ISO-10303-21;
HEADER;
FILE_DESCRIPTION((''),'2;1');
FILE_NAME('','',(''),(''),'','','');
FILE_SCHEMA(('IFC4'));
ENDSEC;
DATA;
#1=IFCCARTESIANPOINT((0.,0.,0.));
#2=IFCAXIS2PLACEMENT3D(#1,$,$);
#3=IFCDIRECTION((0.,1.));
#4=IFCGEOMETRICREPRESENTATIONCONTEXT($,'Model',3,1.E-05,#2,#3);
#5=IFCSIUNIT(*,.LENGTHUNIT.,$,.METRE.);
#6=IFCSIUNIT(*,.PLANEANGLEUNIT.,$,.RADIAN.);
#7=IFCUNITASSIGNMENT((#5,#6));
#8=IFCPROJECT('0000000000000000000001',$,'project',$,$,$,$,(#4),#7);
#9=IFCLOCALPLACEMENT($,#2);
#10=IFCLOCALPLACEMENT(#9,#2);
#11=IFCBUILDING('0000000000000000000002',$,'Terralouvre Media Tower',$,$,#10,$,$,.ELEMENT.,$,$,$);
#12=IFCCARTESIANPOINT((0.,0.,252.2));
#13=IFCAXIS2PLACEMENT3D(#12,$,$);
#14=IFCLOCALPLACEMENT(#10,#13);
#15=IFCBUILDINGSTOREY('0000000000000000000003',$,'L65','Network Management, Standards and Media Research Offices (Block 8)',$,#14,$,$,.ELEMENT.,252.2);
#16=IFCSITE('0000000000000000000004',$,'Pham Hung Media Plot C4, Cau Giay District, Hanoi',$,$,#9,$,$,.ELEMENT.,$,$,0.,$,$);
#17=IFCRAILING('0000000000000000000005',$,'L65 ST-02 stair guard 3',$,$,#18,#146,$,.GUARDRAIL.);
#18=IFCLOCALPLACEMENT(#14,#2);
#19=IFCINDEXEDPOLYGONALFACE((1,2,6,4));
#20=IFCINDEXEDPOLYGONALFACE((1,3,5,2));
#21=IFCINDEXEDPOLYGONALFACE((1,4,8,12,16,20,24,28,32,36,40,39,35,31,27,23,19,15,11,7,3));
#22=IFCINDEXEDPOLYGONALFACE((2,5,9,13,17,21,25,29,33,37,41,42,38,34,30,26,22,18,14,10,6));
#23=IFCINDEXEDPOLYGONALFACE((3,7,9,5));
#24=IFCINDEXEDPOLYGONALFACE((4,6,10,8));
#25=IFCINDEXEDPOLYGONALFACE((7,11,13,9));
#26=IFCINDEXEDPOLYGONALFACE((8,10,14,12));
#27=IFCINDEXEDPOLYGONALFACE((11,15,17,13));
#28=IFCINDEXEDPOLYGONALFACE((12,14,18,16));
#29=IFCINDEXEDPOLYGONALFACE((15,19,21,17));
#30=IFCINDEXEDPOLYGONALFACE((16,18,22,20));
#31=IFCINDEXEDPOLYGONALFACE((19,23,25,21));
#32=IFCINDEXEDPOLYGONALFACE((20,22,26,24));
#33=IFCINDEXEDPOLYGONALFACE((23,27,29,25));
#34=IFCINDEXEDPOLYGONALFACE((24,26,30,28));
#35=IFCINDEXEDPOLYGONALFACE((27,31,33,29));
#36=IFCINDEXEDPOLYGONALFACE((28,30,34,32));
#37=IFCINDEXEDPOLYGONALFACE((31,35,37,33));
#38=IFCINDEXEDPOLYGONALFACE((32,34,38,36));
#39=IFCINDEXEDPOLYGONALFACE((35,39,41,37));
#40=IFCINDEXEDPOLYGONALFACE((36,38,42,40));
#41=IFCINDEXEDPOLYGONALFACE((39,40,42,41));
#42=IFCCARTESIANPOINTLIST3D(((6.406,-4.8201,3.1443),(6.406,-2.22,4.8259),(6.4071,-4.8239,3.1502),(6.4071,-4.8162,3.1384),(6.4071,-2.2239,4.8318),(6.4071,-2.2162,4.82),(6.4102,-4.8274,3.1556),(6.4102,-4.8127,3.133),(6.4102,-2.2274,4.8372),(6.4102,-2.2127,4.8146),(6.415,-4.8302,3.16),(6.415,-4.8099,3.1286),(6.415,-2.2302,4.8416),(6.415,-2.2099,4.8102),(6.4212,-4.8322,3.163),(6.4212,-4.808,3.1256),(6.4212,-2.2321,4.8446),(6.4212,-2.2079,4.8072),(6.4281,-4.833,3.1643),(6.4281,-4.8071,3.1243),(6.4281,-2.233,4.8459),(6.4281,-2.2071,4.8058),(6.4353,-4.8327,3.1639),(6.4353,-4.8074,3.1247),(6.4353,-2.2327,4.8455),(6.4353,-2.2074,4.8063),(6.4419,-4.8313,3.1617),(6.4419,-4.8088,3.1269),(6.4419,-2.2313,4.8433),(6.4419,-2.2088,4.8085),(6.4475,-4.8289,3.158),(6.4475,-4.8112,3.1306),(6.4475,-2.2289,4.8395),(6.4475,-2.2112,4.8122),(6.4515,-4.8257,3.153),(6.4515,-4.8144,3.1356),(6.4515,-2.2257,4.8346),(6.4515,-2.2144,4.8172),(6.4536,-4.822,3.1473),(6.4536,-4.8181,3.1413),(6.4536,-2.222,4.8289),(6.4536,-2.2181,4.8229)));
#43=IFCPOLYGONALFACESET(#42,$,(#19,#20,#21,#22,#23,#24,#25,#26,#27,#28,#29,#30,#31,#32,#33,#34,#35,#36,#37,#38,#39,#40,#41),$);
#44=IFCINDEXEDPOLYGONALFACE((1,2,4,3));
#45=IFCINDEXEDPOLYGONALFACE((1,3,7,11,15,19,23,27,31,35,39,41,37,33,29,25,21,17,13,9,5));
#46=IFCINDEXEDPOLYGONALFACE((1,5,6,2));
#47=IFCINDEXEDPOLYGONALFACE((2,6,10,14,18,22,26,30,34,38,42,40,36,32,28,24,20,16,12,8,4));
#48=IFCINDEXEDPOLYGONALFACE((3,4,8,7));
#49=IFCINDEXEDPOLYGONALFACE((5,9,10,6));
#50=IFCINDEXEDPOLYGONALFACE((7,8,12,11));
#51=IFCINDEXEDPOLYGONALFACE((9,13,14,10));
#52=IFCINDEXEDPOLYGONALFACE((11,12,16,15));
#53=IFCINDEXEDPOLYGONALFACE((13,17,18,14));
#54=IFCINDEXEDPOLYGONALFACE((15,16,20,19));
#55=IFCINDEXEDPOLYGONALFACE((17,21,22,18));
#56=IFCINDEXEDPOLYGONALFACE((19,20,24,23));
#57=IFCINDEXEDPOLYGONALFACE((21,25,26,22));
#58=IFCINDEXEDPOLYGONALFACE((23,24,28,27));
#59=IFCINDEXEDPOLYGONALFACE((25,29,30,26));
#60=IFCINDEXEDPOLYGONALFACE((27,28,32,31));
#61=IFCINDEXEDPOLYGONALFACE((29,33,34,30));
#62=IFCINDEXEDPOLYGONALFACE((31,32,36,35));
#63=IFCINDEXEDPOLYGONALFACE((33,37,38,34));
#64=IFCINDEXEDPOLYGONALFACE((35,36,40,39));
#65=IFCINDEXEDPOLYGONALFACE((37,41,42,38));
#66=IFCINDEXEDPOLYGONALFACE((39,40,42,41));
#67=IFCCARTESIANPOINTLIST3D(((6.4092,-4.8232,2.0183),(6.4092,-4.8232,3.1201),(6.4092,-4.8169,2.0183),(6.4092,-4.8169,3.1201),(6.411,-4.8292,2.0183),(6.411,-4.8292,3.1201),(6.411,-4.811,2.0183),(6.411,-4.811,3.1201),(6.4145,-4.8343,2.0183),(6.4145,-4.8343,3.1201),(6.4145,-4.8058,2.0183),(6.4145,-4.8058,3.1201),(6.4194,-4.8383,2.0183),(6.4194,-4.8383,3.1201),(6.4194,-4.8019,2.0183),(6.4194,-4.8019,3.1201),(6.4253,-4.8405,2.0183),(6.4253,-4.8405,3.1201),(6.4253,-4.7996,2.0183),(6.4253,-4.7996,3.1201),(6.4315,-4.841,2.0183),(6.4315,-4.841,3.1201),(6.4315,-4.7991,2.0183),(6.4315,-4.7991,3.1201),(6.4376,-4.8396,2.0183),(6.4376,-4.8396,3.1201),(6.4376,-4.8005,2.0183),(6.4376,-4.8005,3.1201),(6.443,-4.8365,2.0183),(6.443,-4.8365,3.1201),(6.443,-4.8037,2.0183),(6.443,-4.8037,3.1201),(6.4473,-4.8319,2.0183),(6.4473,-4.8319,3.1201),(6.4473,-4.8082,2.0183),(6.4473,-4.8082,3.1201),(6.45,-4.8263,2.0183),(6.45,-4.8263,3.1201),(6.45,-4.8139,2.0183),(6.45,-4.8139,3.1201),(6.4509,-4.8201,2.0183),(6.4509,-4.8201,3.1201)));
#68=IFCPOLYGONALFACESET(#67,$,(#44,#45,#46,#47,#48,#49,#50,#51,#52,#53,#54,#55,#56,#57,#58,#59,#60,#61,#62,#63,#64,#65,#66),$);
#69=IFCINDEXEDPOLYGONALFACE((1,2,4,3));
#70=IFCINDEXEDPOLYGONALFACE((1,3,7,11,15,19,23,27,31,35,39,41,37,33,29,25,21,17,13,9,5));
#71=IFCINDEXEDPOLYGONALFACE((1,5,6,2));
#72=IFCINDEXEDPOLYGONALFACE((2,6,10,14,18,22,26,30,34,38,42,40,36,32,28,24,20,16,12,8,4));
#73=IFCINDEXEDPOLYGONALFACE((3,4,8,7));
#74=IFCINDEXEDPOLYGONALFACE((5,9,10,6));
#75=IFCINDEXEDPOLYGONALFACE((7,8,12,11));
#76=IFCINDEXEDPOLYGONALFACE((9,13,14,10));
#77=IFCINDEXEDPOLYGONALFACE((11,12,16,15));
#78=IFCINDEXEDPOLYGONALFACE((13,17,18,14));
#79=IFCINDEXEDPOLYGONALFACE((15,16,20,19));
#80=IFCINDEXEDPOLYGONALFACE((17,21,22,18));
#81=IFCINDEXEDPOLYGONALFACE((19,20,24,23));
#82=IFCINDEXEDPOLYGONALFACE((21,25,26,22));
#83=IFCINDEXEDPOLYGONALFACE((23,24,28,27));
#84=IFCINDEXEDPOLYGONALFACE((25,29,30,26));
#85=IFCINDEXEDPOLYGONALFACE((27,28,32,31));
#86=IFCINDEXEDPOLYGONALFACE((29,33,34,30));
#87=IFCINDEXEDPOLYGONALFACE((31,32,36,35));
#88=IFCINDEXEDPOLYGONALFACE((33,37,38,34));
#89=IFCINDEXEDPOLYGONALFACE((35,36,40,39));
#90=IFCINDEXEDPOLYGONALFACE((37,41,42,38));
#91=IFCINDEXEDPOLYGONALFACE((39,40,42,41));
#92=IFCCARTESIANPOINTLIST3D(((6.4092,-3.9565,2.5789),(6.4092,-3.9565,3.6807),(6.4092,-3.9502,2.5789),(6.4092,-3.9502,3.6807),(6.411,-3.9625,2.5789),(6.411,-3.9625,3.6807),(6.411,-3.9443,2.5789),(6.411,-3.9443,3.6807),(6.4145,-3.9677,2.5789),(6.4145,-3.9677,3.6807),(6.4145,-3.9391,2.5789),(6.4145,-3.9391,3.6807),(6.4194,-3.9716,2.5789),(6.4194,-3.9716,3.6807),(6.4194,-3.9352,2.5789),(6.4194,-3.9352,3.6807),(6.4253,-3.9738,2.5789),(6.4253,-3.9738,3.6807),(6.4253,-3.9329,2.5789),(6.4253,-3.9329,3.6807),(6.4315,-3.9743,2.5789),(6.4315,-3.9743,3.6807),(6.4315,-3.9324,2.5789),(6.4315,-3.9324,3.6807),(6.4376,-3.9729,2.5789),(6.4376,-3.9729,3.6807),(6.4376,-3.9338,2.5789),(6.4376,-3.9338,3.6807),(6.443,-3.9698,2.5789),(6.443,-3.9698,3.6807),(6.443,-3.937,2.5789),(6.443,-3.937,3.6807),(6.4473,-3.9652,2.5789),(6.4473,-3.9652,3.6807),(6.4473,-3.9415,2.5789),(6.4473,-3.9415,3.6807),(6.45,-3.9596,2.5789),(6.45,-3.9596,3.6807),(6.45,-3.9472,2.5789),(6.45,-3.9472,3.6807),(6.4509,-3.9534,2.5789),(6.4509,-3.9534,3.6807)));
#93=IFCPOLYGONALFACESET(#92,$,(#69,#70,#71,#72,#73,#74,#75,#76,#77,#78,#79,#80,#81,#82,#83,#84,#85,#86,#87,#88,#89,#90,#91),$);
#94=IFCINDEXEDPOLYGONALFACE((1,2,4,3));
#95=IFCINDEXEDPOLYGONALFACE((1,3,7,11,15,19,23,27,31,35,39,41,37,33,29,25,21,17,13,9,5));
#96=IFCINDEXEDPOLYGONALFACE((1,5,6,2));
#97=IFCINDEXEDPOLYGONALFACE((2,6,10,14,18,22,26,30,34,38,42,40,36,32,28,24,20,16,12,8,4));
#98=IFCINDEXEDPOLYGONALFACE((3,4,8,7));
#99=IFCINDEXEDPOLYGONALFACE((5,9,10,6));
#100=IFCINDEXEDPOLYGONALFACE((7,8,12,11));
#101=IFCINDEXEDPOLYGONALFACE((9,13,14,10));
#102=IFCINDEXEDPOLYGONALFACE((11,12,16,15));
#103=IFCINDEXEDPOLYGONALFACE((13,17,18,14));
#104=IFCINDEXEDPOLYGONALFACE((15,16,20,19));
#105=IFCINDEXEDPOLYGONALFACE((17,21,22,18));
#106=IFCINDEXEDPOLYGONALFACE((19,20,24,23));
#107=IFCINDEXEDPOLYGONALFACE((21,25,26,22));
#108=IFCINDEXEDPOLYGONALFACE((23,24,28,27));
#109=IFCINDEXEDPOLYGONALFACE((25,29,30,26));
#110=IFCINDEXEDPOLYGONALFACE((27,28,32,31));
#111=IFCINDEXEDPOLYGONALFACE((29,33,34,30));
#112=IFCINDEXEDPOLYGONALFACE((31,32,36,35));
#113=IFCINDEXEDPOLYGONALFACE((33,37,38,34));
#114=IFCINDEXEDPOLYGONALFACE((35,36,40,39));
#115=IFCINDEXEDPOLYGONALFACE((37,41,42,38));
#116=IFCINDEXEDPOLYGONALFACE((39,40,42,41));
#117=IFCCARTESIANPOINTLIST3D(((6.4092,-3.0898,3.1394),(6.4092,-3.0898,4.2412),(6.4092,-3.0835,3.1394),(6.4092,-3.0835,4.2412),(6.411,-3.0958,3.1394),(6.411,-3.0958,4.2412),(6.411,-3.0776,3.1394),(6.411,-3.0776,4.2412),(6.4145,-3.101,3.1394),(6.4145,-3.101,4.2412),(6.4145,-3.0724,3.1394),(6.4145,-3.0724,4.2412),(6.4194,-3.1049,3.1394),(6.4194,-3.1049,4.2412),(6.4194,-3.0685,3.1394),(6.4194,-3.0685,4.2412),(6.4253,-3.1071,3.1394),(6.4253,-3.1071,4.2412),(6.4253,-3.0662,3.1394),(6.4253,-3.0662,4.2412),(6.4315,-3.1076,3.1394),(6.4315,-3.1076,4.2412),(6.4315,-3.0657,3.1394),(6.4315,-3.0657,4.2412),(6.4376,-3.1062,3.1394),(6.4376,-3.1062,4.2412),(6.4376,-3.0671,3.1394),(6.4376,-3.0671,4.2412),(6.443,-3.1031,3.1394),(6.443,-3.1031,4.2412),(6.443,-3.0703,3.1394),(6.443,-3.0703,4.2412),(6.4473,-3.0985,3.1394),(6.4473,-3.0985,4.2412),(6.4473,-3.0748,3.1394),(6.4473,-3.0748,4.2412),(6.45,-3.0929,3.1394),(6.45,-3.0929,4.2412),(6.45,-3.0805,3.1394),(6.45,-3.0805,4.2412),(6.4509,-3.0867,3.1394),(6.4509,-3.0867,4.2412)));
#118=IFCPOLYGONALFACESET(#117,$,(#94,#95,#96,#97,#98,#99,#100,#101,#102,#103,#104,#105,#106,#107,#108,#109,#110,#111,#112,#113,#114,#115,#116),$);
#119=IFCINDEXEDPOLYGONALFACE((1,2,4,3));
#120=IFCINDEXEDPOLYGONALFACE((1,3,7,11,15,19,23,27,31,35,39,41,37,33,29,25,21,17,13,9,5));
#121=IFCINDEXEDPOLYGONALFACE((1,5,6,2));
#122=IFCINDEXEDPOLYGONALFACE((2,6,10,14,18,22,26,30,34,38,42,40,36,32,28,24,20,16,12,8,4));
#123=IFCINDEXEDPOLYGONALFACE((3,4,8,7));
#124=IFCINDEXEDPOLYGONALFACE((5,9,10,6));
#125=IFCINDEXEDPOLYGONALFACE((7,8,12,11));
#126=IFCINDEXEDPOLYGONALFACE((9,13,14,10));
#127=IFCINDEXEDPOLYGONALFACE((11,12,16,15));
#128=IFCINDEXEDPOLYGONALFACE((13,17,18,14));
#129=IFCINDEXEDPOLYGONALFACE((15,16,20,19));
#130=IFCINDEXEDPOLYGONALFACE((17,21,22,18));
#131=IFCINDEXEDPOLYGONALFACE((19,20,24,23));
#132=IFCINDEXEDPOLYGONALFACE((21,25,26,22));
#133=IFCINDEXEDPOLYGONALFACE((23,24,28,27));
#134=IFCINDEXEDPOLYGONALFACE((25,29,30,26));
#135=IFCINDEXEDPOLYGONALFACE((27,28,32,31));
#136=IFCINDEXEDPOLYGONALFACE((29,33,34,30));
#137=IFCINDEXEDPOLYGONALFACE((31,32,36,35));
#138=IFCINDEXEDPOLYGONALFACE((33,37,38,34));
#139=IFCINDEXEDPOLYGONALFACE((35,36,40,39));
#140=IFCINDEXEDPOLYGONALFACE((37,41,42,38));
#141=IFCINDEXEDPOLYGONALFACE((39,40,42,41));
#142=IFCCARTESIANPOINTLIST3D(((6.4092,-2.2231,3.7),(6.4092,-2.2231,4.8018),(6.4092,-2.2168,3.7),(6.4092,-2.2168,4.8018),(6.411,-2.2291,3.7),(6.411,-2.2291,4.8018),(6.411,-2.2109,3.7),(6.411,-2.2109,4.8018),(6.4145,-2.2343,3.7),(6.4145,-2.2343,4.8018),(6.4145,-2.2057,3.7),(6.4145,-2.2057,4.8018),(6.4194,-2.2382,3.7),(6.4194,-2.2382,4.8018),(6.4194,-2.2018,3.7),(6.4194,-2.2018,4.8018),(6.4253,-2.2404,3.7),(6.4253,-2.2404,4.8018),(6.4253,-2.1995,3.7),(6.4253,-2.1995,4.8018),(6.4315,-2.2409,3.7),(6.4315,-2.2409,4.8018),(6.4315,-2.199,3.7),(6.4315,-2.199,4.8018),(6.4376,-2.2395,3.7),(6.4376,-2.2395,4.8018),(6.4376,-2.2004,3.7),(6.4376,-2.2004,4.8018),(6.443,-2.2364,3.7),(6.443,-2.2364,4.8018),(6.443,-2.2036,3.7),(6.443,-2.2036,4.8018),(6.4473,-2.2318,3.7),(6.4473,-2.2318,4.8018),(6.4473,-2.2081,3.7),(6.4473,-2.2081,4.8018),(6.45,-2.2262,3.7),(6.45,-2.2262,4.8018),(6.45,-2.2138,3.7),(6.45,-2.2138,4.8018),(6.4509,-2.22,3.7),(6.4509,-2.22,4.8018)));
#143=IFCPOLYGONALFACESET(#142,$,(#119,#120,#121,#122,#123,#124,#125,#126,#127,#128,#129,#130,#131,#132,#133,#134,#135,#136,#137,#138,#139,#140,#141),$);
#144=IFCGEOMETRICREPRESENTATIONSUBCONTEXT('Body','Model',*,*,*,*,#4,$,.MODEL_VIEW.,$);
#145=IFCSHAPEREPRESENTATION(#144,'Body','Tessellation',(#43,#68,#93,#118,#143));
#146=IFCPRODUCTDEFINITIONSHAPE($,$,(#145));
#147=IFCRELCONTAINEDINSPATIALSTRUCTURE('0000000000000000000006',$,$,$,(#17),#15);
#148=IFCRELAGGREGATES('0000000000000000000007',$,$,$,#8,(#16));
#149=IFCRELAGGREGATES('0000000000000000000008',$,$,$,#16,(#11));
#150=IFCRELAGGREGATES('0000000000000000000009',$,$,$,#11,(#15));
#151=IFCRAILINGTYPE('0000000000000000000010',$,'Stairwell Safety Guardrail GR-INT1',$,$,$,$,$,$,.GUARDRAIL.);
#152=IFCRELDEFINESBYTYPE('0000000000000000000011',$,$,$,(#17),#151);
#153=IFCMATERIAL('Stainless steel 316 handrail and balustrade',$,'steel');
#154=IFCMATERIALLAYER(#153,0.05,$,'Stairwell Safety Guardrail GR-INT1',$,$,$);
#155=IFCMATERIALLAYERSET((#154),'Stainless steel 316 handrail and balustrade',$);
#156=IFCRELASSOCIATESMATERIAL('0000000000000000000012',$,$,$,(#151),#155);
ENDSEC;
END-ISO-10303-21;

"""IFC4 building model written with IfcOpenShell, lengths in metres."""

from ifc_helpers import new_model, si_unit, direction, frame, origin, origin_2d, place, context, subcontext, project, spatial, circle, extrude, material, layer, layer_set, type_object, element, save


model = new_model("IFC4")

# Units and contexts
model_context = context("Model", 3, precision=1e-05, world=origin(), true_north=direction((0.0, 1.0)))
body_context = subcontext(model_context, "Body", "Model", "MODEL_VIEW")
ifc_project = project(units=[si_unit("LENGTHUNIT", "METRE"), si_unit("PLANEANGLEUNIT", "RADIAN")], contexts=[model_context])

# Site, building, storey
site_placement = place(None, origin())
site = spatial("IfcSite", under=ifc_project, at=site_placement, Name="Pham Hung Media Plot C4, Cau Giay District, Hanoi", CompositionType="ELEMENT", RefElevation=0.0)
building_placement = place(site_placement, origin())
building = spatial("IfcBuilding", under=site, at=building_placement, Name="Terralouvre Media Tower", CompositionType="ELEMENT")
storey_placement = place(building_placement, frame((0.0, 0.0, 252.2)))
storey = spatial("IfcBuildingStorey", under=building, at=storey_placement, Name="L65", Description="Network Management, Standards and Media Research Offices (Block 8)", CompositionType="ELEMENT", Elevation=252.2)

# Railing
ifc_material_1 = material(Name="Stainless steel 316 handrail and balustrade", Category="steel")
ifc_layer_1 = layer(ifc_material_1, 0.05, Name="Stairwell Safety Guardrail GR-INT1")
ifc_layer_set_1 = layer_set([ifc_layer_1], Name="Stainless steel 316 handrail and balustrade")
railing_type_1 = type_object("IfcRailingType", Name="Stairwell Safety Guardrail GR-INT1", PredefinedType="GUARDRAIL", material=ifc_layer_set_1)
railing_1_placement = place(storey_placement, frame((6.4299, -4.8201, 2.0183)))
element("IfcRailing", 1, at=railing_1_placement, inside=storey, type_object=railing_type_1, Name="L65 ST-02 stair guard 3", PredefinedType="GUARDRAIL", context=body_context, shape_type="SweptSolid", body=[
    extrude(circle(Radius=0.0239, at=origin_2d()), frame((0.0, 0.0, 1.126), z_axis=(0.0, 0.839684, 0.543075), x_axis=(-1.0, 0.0, 0.0)), (0.0, 0.0, 1.0), 3.0964),
    extrude(circle(Radius=0.021, at=origin_2d()), origin(), (0.0, 0.0, 1.0), 1.1018),
    extrude(circle(Radius=0.021, at=origin_2d()), frame((0.0, 0.8667, 0.5605)), (0.0, 0.0, 1.0), 1.1018),
    extrude(circle(Radius=0.021, at=origin_2d()), frame((0.0, 1.7334, 1.1211)), (0.0, 0.0, 1.0), 1.1018),
    extrude(circle(Radius=0.021, at=origin_2d()), frame((0.0, 2.6001, 1.6816)), (0.0, 0.0, 1.0), 1.1018),
])

save(model, "model.ifc")
